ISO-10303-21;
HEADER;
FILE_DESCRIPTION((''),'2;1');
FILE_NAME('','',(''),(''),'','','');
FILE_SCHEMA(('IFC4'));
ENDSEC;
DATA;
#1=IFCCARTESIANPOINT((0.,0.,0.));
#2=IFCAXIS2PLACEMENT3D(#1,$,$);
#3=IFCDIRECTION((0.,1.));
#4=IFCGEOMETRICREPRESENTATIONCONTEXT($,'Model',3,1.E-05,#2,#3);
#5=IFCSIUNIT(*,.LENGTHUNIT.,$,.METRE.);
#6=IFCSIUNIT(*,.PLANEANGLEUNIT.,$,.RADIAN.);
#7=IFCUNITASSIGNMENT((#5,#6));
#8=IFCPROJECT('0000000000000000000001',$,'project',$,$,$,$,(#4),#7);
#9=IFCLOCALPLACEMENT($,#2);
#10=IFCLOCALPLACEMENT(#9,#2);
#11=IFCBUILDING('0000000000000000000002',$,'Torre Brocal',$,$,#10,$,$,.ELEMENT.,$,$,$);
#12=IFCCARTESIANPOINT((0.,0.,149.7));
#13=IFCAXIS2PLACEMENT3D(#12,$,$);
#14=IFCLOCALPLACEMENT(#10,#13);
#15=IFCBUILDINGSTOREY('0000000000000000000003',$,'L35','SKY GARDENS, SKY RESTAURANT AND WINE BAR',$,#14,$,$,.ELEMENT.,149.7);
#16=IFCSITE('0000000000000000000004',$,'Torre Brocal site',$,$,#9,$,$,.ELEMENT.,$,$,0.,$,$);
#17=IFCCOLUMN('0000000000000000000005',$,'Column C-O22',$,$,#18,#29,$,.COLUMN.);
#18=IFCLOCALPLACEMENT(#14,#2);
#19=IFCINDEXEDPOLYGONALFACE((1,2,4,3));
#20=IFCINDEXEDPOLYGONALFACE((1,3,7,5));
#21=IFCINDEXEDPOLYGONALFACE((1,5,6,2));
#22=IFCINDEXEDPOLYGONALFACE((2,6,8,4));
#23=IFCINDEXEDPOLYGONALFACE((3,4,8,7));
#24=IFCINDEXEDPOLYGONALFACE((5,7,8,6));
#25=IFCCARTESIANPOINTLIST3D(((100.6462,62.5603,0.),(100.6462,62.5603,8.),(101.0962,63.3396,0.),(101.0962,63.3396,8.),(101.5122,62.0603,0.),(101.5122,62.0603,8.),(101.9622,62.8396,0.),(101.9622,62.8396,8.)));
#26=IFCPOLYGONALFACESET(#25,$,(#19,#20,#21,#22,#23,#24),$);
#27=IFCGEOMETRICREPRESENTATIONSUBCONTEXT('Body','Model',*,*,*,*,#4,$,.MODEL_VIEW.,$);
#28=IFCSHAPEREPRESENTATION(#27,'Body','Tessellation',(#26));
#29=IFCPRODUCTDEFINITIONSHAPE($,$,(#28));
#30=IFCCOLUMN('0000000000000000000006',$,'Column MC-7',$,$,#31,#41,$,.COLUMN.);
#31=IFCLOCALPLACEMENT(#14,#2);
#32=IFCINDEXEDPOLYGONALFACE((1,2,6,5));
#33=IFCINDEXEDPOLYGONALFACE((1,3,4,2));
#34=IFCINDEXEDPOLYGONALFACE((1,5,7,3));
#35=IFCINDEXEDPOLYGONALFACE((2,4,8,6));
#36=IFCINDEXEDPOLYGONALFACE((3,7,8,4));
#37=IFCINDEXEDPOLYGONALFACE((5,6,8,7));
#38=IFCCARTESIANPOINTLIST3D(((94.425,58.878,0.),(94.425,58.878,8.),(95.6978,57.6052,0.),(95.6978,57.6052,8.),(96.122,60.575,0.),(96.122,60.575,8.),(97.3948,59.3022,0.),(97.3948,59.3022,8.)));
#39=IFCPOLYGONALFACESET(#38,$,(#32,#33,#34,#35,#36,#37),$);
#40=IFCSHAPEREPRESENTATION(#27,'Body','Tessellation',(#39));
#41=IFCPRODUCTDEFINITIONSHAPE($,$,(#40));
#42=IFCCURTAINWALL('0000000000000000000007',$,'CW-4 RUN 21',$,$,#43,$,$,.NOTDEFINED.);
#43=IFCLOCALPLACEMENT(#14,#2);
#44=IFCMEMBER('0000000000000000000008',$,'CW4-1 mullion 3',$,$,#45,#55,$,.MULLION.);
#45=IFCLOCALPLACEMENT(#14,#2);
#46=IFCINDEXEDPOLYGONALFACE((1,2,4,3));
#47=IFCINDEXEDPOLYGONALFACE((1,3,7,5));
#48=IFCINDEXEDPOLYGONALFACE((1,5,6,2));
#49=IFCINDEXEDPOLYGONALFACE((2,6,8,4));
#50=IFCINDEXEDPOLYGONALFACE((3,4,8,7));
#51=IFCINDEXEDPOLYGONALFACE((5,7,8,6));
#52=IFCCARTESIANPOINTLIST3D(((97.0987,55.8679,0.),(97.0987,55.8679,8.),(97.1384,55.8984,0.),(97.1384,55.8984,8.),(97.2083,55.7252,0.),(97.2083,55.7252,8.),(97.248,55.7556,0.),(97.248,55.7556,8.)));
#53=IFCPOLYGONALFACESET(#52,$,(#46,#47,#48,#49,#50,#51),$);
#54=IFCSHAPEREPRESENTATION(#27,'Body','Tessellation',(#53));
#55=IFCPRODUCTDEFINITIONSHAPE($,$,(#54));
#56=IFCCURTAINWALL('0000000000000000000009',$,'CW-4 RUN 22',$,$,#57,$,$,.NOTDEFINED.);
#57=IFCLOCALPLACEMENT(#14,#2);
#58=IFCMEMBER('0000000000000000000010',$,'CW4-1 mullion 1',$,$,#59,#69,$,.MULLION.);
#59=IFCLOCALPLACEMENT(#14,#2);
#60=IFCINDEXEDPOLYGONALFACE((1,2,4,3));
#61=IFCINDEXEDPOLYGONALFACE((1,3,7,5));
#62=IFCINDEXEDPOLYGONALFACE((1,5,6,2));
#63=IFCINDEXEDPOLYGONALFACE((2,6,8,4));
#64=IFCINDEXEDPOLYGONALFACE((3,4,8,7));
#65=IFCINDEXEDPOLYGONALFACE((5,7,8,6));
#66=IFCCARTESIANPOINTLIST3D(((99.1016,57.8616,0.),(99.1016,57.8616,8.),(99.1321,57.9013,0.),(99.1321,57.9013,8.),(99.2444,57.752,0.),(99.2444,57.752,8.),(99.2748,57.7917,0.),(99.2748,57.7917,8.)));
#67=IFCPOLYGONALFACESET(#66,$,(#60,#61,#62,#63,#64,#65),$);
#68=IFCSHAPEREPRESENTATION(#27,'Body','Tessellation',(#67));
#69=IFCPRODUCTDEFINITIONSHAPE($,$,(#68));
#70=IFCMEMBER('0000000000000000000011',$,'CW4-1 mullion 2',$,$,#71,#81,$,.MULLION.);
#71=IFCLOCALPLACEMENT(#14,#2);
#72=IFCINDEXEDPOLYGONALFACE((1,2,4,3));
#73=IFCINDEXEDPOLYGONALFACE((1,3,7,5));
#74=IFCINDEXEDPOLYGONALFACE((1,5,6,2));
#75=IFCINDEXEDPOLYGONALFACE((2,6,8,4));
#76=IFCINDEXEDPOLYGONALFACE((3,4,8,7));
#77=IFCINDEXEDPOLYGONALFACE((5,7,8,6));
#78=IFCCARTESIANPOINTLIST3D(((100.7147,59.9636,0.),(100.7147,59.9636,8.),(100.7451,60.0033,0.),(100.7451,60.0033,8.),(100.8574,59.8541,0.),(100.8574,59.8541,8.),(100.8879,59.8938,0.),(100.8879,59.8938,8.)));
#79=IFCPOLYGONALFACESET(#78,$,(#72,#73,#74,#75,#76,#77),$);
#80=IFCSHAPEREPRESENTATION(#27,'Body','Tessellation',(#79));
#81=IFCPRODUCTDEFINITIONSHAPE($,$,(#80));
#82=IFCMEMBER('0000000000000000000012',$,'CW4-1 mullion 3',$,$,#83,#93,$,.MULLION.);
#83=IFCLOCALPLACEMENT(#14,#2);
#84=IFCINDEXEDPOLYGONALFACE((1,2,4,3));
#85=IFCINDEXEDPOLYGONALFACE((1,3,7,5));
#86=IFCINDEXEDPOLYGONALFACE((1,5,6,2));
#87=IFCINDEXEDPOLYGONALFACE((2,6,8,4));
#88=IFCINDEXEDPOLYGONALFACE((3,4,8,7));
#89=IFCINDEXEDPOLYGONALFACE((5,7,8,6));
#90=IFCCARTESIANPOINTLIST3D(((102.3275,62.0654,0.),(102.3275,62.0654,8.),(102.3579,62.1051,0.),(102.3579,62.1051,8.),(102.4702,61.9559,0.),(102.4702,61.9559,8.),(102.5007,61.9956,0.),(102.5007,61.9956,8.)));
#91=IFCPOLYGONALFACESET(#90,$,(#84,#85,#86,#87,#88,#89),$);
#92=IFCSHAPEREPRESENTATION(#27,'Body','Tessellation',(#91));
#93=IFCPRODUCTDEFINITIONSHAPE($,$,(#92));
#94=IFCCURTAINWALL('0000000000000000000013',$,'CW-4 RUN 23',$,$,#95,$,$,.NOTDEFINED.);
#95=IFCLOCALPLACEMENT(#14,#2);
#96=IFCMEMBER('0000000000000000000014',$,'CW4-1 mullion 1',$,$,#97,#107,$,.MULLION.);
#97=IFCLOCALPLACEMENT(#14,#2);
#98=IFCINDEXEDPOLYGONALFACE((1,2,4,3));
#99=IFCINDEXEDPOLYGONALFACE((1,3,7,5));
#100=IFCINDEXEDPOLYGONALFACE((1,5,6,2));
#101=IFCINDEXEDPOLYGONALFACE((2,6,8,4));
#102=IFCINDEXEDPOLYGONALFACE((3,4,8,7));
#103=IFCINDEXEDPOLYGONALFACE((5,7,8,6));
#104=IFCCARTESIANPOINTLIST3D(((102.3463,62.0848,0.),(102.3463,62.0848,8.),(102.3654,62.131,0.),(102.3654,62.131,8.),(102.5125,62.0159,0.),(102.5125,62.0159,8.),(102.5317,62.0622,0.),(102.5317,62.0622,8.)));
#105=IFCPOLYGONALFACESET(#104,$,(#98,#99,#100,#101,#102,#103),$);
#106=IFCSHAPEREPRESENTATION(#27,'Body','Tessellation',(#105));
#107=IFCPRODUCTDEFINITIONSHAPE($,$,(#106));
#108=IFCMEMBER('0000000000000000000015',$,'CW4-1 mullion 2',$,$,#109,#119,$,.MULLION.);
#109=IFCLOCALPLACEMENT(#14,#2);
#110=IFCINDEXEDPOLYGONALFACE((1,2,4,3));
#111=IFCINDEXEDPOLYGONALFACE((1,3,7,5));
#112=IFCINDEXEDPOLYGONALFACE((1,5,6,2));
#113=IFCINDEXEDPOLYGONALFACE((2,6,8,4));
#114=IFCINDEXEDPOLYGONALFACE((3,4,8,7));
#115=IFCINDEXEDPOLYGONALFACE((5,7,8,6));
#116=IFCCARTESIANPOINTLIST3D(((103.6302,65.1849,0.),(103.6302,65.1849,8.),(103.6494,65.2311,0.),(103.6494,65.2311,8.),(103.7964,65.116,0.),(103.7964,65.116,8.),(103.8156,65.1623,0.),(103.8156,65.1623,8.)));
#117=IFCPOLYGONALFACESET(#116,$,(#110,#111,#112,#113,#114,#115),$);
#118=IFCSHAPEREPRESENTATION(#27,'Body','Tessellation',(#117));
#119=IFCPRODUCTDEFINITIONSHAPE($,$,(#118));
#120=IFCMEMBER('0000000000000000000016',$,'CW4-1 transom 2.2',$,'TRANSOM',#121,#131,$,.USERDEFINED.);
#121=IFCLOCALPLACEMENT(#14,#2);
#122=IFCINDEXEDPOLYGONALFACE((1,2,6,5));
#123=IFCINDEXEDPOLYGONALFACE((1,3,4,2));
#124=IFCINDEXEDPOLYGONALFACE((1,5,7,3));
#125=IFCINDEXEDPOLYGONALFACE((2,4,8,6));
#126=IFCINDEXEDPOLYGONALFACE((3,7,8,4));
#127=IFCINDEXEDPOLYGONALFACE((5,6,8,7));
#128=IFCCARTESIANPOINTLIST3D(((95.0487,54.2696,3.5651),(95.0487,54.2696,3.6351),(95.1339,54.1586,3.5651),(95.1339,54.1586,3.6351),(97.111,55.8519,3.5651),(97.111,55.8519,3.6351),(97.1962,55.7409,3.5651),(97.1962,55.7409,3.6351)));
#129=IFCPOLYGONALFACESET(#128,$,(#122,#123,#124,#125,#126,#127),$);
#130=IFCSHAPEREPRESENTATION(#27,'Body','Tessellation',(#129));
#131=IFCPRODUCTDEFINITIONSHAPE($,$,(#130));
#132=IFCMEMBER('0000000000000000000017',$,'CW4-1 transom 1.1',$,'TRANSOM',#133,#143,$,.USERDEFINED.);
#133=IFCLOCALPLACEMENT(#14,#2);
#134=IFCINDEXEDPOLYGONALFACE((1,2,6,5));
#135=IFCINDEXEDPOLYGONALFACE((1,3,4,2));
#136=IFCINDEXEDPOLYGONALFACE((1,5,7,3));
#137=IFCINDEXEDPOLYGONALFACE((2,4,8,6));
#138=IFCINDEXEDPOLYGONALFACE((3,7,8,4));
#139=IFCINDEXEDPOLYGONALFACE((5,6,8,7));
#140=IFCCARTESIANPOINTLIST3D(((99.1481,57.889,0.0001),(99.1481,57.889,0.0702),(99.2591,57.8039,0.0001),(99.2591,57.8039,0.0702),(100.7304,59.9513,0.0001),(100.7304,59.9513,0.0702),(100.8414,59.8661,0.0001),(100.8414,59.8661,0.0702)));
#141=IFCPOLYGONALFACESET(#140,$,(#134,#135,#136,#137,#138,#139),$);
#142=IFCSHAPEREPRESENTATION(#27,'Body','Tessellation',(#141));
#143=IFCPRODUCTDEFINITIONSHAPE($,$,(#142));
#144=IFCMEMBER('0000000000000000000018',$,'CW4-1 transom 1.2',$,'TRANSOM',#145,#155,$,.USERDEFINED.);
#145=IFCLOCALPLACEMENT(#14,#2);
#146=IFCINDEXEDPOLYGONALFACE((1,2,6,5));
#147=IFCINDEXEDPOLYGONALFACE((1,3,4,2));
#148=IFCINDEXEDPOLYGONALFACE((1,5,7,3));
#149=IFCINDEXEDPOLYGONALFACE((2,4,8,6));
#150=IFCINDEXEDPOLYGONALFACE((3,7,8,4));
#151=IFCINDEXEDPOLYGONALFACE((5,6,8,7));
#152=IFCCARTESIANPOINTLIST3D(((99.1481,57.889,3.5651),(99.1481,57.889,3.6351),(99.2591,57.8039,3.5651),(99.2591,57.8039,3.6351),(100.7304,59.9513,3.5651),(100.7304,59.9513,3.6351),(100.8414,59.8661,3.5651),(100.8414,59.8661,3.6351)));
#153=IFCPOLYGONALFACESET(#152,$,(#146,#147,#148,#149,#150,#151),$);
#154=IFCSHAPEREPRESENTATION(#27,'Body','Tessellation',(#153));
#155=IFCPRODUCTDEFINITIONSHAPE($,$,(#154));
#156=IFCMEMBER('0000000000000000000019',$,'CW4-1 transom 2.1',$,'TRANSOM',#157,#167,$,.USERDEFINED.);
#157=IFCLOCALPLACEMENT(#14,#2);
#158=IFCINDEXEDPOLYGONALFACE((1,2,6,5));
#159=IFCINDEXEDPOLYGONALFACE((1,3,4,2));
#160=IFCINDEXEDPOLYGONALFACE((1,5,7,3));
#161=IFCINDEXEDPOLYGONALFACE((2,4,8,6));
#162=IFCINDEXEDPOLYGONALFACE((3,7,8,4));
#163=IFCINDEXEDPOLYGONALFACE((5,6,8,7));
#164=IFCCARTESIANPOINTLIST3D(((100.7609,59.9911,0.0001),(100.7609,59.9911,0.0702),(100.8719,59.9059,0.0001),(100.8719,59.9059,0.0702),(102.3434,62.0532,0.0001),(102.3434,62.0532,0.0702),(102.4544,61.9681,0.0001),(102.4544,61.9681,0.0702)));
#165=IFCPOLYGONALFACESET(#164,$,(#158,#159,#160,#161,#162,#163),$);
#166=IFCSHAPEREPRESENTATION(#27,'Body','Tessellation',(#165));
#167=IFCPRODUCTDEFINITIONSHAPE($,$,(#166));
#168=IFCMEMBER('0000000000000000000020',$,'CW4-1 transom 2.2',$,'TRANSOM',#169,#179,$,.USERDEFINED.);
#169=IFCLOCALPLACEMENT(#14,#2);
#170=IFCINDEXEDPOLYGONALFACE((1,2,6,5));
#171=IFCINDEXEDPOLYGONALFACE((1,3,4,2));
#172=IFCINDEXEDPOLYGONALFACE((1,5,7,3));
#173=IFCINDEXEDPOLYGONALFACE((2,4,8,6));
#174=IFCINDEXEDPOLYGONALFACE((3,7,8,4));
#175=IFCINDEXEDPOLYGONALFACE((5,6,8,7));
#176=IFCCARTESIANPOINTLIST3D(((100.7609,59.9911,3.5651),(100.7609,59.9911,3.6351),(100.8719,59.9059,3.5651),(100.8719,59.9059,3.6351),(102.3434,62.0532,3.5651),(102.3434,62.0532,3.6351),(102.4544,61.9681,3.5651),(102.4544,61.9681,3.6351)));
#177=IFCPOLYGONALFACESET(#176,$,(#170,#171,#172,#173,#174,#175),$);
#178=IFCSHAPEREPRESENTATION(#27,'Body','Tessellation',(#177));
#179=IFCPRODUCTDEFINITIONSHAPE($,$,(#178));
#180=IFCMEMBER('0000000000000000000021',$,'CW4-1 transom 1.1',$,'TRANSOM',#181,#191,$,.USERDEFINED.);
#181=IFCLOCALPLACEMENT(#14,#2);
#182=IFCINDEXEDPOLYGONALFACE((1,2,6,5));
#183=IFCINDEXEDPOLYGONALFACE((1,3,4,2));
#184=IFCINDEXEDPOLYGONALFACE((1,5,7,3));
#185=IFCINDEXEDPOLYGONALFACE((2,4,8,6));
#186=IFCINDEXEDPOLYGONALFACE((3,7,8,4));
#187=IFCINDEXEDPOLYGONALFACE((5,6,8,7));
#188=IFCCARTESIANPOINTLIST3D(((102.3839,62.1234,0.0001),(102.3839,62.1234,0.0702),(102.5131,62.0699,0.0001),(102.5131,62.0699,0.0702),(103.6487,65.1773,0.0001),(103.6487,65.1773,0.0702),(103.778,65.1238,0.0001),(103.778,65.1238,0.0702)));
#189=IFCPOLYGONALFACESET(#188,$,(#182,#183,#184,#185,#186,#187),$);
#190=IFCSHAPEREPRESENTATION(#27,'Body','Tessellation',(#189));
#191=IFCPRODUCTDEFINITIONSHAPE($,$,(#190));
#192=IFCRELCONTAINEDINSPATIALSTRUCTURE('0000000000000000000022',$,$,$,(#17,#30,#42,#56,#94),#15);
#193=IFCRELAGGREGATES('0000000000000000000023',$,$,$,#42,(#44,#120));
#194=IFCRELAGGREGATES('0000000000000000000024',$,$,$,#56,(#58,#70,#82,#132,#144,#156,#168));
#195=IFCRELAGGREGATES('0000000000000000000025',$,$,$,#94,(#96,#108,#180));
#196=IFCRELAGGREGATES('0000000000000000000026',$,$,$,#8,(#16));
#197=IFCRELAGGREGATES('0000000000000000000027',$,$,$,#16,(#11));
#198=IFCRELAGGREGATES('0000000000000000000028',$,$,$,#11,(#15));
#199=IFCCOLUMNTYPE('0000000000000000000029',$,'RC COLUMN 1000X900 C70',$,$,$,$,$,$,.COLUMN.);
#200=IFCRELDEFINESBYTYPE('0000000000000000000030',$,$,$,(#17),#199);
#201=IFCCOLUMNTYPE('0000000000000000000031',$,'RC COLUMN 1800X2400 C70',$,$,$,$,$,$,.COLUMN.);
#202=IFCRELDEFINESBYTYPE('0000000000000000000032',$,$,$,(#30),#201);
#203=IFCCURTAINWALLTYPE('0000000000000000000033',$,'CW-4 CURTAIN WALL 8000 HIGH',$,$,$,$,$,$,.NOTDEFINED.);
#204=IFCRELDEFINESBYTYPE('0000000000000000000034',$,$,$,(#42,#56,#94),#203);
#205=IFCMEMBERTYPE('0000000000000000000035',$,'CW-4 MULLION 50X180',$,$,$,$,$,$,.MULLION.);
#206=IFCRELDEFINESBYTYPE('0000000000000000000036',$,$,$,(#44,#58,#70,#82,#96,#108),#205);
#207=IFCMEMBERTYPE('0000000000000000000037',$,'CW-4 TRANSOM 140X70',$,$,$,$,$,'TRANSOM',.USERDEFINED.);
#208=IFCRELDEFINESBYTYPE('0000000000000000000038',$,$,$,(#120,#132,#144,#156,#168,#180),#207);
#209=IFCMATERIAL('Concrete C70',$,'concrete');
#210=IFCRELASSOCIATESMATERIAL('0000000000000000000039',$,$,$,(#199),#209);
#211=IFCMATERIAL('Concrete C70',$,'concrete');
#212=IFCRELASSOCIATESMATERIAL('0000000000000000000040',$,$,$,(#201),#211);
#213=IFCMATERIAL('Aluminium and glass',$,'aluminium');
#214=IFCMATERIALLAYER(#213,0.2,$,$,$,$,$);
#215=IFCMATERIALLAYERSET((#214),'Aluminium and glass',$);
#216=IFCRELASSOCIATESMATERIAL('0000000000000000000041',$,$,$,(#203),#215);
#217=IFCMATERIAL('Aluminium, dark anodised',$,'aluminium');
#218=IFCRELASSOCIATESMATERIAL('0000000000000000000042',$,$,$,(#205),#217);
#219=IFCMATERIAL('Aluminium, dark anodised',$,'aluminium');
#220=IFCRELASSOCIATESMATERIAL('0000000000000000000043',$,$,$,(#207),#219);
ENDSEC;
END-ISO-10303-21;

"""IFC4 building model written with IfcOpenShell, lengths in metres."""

from ifc_helpers import new_model, si_unit, direction, frame, origin, origin_2d, place, context, subcontext, project, spatial, rectangle, extrude, material, layer, layer_set, material_profile, profile_set, type_object, element, aggregate, save


model = new_model("IFC4")

# Units and contexts
model_context = context("Model", 3, precision=1e-05, world=origin(), true_north=direction((0.0, 1.0)))
body_context = subcontext(model_context, "Body", "Model", "MODEL_VIEW")
ifc_project = project(units=[si_unit("LENGTHUNIT", "METRE"), si_unit("PLANEANGLEUNIT", "RADIAN")], contexts=[model_context])

# Site, building, storey
site_placement = place(None, origin())
site = spatial("IfcSite", under=ifc_project, at=site_placement, Name="Torre Brocal site", CompositionType="ELEMENT", RefElevation=0.0)
building_placement = place(site_placement, origin())
building = spatial("IfcBuilding", under=site, at=building_placement, Name="Torre Brocal", CompositionType="ELEMENT")
storey_placement = place(building_placement, frame((0.0, 0.0, 149.7)))
storey = spatial("IfcBuildingStorey", under=building, at=storey_placement, Name="L35", Description="SKY GARDENS, SKY RESTAURANT AND WINE BAR", CompositionType="ELEMENT", Elevation=149.7)

# Columns
ifc_material_1 = material(Name="Concrete C70", Category="concrete")
ifc_material_profile_1 = material_profile(ifc_material_1, rectangle(XDim=1.0, YDim=0.8999, at=origin_2d()), Name="RC 1000X900")
ifc_profile_set_1 = profile_set([ifc_material_profile_1], Name="Concrete C70")
column_type_1 = type_object("IfcColumnType", Name="RC COLUMN 1000X900 C70", PredefinedType="COLUMN", material=ifc_profile_set_1)
column_1_placement = place(storey_placement, frame((101.3042, 62.7, 0.0), z_axis=(0.0, 0.0, 1.0), x_axis=(0.866025, -0.5, 0.0)))
element("IfcColumn", 1, at=column_1_placement, inside=storey, type_object=column_type_1, Name="Column C-O22", PredefinedType="COLUMN", context=body_context, shape_type="SweptSolid", body=[
    extrude(rectangle(XDim=1.0, YDim=0.8999, at=origin_2d()), origin(), (0.0, 0.0, 1.0), 8.0),
])
ifc_material_2 = material(Name="Concrete C70", Category="concrete")
ifc_material_profile_2 = material_profile(ifc_material_2, rectangle(XDim=1.8, YDim=2.3999, at=origin_2d()), Name="RC 1800X2400")
ifc_profile_set_2 = profile_set([ifc_material_profile_2], Name="Concrete C70")
column_type_2 = type_object("IfcColumnType", Name="RC COLUMN 1800X2400 C70", PredefinedType="COLUMN", material=ifc_profile_set_2)
column_2_placement = place(storey_placement, frame((95.9099, 59.0901, 0.0), z_axis=(0.0, 0.0, 1.0), x_axis=(0.707107, -0.707107, 0.0)))
element("IfcColumn", 2, at=column_2_placement, inside=storey, type_object=column_type_2, Name="Column MC-7", PredefinedType="COLUMN", context=body_context, shape_type="SweptSolid", body=[
    extrude(rectangle(XDim=1.8, YDim=2.3999, at=origin_2d()), origin(), (0.0, 0.0, 1.0), 8.0),
])

# Curtain wall, member
ifc_material_3 = material(Name="Aluminium and glass", Category="aluminium")
ifc_layer_1 = layer(ifc_material_3, 0.2)
ifc_layer_set_1 = layer_set([ifc_layer_1], Name="Aluminium and glass")
curtain_wall_type = type_object("IfcCurtainWallType", Name="CW-4 CURTAIN WALL 8000 HIGH", PredefinedType="NOTDEFINED", material=ifc_layer_set_1)
curtain_wall_1_placement = place(storey_placement, origin())
curtain_wall_1 = element("IfcCurtainWall", 3, at=curtain_wall_1_placement, inside=storey, type_object=curtain_wall_type, Name="CW-4 RUN 21", PredefinedType="NOTDEFINED")
ifc_material_4 = material(Name="Aluminium, dark anodised", Category="aluminium")
ifc_material_profile_3 = material_profile(ifc_material_4, rectangle(XDim=0.1799, YDim=0.05, at=origin_2d()), Name="CW-4 MULLION 50X180")
ifc_profile_set_3 = profile_set([ifc_material_profile_3], Name="Aluminium, dark anodised")
member_type_1 = type_object("IfcMemberType", Name="CW-4 MULLION 50X180", PredefinedType="MULLION", material=ifc_profile_set_3)
member_1_placement = place(storey_placement, frame((97.1733, 55.8118, 0.0), z_axis=(0.0, 0.0, 1.0), x_axis=(-0.608761, 0.793353, 0.0)))
member_1 = element("IfcMember", 4, at=member_1_placement, type_object=member_type_1, Name="CW4-1 mullion 3", PredefinedType="MULLION", context=body_context, shape_type="SweptSolid", body=[
    extrude(rectangle(XDim=0.1799, YDim=0.05, at=origin_2d()), origin(), (0.0, 0.0, 1.0), 8.0),
])

# Curtain walls, members
curtain_wall_2_placement = place(storey_placement, origin())
curtain_wall_2 = element("IfcCurtainWall", 5, at=curtain_wall_2_placement, inside=storey, type_object=curtain_wall_type, Name="CW-4 RUN 22", PredefinedType="NOTDEFINED")
member_2_placement = place(storey_placement, frame((99.1882, 57.8267, 0.0), z_axis=(0.0, 0.0, 1.0), x_axis=(-0.793353, 0.608761, 0.0)))
member_2 = element("IfcMember", 6, at=member_2_placement, type_object=member_type_1, Name="CW4-1 mullion 1", PredefinedType="MULLION", context=body_context, shape_type="SweptSolid", body=[
    extrude(rectangle(XDim=0.1799, YDim=0.05, at=origin_2d()), origin(), (0.0, 0.0, 1.0), 8.0),
])
member_3_placement = place(storey_placement, frame((100.8013, 59.9287, 0.0), z_axis=(0.0, 0.0, 1.0), x_axis=(-0.793353, 0.608761, 0.0)))
member_3 = element("IfcMember", 7, at=member_3_placement, type_object=member_type_1, Name="CW4-1 mullion 2", PredefinedType="MULLION", context=body_context, shape_type="SweptSolid", body=[
    extrude(rectangle(XDim=0.1799, YDim=0.05, at=origin_2d()), origin(), (0.0, 0.0, 1.0), 8.0),
])
member_4_placement = place(storey_placement, frame((102.4141, 62.0305, 0.0), z_axis=(0.0, 0.0, 1.0), x_axis=(-0.793353, 0.608761, 0.0)))
member_4 = element("IfcMember", 8, at=member_4_placement, type_object=member_type_1, Name="CW4-1 mullion 3", PredefinedType="MULLION", context=body_context, shape_type="SweptSolid", body=[
    extrude(rectangle(XDim=0.1799, YDim=0.05, at=origin_2d()), origin(), (0.0, 0.0, 1.0), 8.0),
])
curtain_wall_3_placement = place(storey_placement, origin())
curtain_wall_3 = element("IfcCurtainWall", 9, at=curtain_wall_3_placement, inside=storey, type_object=curtain_wall_type, Name="CW-4 RUN 23", PredefinedType="NOTDEFINED")
member_5_placement = place(storey_placement, frame((102.439, 62.0735, 0.0), z_axis=(0.0, 0.0, 1.0), x_axis=(-0.92388, 0.382683, 0.0)))
member_5 = element("IfcMember", 10, at=member_5_placement, type_object=member_type_1, Name="CW4-1 mullion 1", PredefinedType="MULLION", context=body_context, shape_type="SweptSolid", body=[
    extrude(rectangle(XDim=0.1799, YDim=0.05, at=origin_2d()), origin(), (0.0, 0.0, 1.0), 8.0),
])
member_6_placement = place(storey_placement, frame((103.7229, 65.1736, 0.0), z_axis=(0.0, 0.0, 1.0), x_axis=(-0.92388, 0.382683, 0.0)))
member_6 = element("IfcMember", 11, at=member_6_placement, type_object=member_type_1, Name="CW4-1 mullion 2", PredefinedType="MULLION", context=body_context, shape_type="SweptSolid", body=[
    extrude(rectangle(XDim=0.1799, YDim=0.05, at=origin_2d()), origin(), (0.0, 0.0, 1.0), 8.0),
])

# Members
ifc_material_5 = material(Name="Aluminium, dark anodised", Category="aluminium")
ifc_material_profile_4 = material_profile(ifc_material_5, rectangle(XDim=0.1399, YDim=0.0701, at=origin_2d()), Name="CW-4 TRANSOM 140X70")
ifc_profile_set_4 = profile_set([ifc_material_profile_4], Name="Aluminium, dark anodised")
member_type_2 = type_object("IfcMemberType", Name="CW-4 TRANSOM 140X70", ElementType="TRANSOM", PredefinedType="USERDEFINED", material=ifc_profile_set_4)
member_7_placement = place(storey_placement, frame((95.0913, 54.2141, 3.6001), z_axis=(0.793381, 0.608725, 0.0), x_axis=(-0.608725, 0.793381, 0.0)))
member_7 = element("IfcMember", 12, at=member_7_placement, type_object=member_type_2, Name="CW4-1 transom 2.2", ObjectType="TRANSOM", PredefinedType="USERDEFINED", context=body_context, shape_type="SweptSolid", body=[
    extrude(rectangle(XDim=0.1399, YDim=0.0701, at=origin_2d()), origin(), (0.0, 0.0, 1.0), 2.5994),
])
member_8_placement = place(storey_placement, frame((99.2036, 57.8464, 0.0352), z_axis=(0.608725, 0.793381, 0.0), x_axis=(-0.793381, 0.608725, 0.0)))
member_8 = element("IfcMember", 13, at=member_8_placement, type_object=member_type_2, Name="CW4-1 transom 1.1", ObjectType="TRANSOM", PredefinedType="USERDEFINED", context=body_context, shape_type="SweptSolid", body=[
    extrude(rectangle(XDim=0.1399, YDim=0.0701, at=origin_2d()), origin(), (0.0, 0.0, 1.0), 2.5994),
])
member_9_placement = place(storey_placement, frame((99.2036, 57.8464, 3.6001), z_axis=(0.608725, 0.793381, 0.0), x_axis=(-0.793381, 0.608725, 0.0)))
member_9 = element("IfcMember", 14, at=member_9_placement, type_object=member_type_2, Name="CW4-1 transom 1.2", ObjectType="TRANSOM", PredefinedType="USERDEFINED", context=body_context, shape_type="SweptSolid", body=[
    extrude(rectangle(XDim=0.1399, YDim=0.0701, at=origin_2d()), origin(), (0.0, 0.0, 1.0), 2.5994),
])
member_10_placement = place(storey_placement, frame((100.8164, 59.9485, 0.0352), z_axis=(0.608784, 0.793336, 0.0), x_axis=(-0.793336, 0.608784, 0.0)))
member_10 = element("IfcMember", 15, at=member_10_placement, type_object=member_type_2, Name="CW4-1 transom 2.1", ObjectType="TRANSOM", PredefinedType="USERDEFINED", context=body_context, shape_type="SweptSolid", body=[
    extrude(rectangle(XDim=0.1399, YDim=0.0701, at=origin_2d()), origin(), (0.0, 0.0, 1.0), 2.5994),
])
member_11_placement = place(storey_placement, frame((100.8164, 59.9485, 3.6001), z_axis=(0.608784, 0.793336, 0.0), x_axis=(-0.793336, 0.608784, 0.0)))
member_11 = element("IfcMember", 16, at=member_11_placement, type_object=member_type_2, Name="CW4-1 transom 2.2", ObjectType="TRANSOM", PredefinedType="USERDEFINED", context=body_context, shape_type="SweptSolid", body=[
    extrude(rectangle(XDim=0.1399, YDim=0.0701, at=origin_2d()), origin(), (0.0, 0.0, 1.0), 2.5994),
])
member_12_placement = place(storey_placement, frame((102.4485, 62.0967, 0.0352), z_axis=(0.382658, 0.92389, 0.0), x_axis=(-0.92389, 0.382658, 0.0)))
member_12 = element("IfcMember", 17, at=member_12_placement, type_object=member_type_2, Name="CW4-1 transom 1.1", ObjectType="TRANSOM", PredefinedType="USERDEFINED", context=body_context, shape_type="SweptSolid", body=[
    extrude(rectangle(XDim=0.1399, YDim=0.0701, at=origin_2d()), origin(), (0.0, 0.0, 1.0), 3.3054),
])

aggregate(curtain_wall_1, [member_1, member_7])
aggregate(curtain_wall_2, [member_2, member_3, member_4, member_8, member_9, member_10, member_11])
aggregate(curtain_wall_3, [member_5, member_6, member_12])

save(model, "model.ifc")
